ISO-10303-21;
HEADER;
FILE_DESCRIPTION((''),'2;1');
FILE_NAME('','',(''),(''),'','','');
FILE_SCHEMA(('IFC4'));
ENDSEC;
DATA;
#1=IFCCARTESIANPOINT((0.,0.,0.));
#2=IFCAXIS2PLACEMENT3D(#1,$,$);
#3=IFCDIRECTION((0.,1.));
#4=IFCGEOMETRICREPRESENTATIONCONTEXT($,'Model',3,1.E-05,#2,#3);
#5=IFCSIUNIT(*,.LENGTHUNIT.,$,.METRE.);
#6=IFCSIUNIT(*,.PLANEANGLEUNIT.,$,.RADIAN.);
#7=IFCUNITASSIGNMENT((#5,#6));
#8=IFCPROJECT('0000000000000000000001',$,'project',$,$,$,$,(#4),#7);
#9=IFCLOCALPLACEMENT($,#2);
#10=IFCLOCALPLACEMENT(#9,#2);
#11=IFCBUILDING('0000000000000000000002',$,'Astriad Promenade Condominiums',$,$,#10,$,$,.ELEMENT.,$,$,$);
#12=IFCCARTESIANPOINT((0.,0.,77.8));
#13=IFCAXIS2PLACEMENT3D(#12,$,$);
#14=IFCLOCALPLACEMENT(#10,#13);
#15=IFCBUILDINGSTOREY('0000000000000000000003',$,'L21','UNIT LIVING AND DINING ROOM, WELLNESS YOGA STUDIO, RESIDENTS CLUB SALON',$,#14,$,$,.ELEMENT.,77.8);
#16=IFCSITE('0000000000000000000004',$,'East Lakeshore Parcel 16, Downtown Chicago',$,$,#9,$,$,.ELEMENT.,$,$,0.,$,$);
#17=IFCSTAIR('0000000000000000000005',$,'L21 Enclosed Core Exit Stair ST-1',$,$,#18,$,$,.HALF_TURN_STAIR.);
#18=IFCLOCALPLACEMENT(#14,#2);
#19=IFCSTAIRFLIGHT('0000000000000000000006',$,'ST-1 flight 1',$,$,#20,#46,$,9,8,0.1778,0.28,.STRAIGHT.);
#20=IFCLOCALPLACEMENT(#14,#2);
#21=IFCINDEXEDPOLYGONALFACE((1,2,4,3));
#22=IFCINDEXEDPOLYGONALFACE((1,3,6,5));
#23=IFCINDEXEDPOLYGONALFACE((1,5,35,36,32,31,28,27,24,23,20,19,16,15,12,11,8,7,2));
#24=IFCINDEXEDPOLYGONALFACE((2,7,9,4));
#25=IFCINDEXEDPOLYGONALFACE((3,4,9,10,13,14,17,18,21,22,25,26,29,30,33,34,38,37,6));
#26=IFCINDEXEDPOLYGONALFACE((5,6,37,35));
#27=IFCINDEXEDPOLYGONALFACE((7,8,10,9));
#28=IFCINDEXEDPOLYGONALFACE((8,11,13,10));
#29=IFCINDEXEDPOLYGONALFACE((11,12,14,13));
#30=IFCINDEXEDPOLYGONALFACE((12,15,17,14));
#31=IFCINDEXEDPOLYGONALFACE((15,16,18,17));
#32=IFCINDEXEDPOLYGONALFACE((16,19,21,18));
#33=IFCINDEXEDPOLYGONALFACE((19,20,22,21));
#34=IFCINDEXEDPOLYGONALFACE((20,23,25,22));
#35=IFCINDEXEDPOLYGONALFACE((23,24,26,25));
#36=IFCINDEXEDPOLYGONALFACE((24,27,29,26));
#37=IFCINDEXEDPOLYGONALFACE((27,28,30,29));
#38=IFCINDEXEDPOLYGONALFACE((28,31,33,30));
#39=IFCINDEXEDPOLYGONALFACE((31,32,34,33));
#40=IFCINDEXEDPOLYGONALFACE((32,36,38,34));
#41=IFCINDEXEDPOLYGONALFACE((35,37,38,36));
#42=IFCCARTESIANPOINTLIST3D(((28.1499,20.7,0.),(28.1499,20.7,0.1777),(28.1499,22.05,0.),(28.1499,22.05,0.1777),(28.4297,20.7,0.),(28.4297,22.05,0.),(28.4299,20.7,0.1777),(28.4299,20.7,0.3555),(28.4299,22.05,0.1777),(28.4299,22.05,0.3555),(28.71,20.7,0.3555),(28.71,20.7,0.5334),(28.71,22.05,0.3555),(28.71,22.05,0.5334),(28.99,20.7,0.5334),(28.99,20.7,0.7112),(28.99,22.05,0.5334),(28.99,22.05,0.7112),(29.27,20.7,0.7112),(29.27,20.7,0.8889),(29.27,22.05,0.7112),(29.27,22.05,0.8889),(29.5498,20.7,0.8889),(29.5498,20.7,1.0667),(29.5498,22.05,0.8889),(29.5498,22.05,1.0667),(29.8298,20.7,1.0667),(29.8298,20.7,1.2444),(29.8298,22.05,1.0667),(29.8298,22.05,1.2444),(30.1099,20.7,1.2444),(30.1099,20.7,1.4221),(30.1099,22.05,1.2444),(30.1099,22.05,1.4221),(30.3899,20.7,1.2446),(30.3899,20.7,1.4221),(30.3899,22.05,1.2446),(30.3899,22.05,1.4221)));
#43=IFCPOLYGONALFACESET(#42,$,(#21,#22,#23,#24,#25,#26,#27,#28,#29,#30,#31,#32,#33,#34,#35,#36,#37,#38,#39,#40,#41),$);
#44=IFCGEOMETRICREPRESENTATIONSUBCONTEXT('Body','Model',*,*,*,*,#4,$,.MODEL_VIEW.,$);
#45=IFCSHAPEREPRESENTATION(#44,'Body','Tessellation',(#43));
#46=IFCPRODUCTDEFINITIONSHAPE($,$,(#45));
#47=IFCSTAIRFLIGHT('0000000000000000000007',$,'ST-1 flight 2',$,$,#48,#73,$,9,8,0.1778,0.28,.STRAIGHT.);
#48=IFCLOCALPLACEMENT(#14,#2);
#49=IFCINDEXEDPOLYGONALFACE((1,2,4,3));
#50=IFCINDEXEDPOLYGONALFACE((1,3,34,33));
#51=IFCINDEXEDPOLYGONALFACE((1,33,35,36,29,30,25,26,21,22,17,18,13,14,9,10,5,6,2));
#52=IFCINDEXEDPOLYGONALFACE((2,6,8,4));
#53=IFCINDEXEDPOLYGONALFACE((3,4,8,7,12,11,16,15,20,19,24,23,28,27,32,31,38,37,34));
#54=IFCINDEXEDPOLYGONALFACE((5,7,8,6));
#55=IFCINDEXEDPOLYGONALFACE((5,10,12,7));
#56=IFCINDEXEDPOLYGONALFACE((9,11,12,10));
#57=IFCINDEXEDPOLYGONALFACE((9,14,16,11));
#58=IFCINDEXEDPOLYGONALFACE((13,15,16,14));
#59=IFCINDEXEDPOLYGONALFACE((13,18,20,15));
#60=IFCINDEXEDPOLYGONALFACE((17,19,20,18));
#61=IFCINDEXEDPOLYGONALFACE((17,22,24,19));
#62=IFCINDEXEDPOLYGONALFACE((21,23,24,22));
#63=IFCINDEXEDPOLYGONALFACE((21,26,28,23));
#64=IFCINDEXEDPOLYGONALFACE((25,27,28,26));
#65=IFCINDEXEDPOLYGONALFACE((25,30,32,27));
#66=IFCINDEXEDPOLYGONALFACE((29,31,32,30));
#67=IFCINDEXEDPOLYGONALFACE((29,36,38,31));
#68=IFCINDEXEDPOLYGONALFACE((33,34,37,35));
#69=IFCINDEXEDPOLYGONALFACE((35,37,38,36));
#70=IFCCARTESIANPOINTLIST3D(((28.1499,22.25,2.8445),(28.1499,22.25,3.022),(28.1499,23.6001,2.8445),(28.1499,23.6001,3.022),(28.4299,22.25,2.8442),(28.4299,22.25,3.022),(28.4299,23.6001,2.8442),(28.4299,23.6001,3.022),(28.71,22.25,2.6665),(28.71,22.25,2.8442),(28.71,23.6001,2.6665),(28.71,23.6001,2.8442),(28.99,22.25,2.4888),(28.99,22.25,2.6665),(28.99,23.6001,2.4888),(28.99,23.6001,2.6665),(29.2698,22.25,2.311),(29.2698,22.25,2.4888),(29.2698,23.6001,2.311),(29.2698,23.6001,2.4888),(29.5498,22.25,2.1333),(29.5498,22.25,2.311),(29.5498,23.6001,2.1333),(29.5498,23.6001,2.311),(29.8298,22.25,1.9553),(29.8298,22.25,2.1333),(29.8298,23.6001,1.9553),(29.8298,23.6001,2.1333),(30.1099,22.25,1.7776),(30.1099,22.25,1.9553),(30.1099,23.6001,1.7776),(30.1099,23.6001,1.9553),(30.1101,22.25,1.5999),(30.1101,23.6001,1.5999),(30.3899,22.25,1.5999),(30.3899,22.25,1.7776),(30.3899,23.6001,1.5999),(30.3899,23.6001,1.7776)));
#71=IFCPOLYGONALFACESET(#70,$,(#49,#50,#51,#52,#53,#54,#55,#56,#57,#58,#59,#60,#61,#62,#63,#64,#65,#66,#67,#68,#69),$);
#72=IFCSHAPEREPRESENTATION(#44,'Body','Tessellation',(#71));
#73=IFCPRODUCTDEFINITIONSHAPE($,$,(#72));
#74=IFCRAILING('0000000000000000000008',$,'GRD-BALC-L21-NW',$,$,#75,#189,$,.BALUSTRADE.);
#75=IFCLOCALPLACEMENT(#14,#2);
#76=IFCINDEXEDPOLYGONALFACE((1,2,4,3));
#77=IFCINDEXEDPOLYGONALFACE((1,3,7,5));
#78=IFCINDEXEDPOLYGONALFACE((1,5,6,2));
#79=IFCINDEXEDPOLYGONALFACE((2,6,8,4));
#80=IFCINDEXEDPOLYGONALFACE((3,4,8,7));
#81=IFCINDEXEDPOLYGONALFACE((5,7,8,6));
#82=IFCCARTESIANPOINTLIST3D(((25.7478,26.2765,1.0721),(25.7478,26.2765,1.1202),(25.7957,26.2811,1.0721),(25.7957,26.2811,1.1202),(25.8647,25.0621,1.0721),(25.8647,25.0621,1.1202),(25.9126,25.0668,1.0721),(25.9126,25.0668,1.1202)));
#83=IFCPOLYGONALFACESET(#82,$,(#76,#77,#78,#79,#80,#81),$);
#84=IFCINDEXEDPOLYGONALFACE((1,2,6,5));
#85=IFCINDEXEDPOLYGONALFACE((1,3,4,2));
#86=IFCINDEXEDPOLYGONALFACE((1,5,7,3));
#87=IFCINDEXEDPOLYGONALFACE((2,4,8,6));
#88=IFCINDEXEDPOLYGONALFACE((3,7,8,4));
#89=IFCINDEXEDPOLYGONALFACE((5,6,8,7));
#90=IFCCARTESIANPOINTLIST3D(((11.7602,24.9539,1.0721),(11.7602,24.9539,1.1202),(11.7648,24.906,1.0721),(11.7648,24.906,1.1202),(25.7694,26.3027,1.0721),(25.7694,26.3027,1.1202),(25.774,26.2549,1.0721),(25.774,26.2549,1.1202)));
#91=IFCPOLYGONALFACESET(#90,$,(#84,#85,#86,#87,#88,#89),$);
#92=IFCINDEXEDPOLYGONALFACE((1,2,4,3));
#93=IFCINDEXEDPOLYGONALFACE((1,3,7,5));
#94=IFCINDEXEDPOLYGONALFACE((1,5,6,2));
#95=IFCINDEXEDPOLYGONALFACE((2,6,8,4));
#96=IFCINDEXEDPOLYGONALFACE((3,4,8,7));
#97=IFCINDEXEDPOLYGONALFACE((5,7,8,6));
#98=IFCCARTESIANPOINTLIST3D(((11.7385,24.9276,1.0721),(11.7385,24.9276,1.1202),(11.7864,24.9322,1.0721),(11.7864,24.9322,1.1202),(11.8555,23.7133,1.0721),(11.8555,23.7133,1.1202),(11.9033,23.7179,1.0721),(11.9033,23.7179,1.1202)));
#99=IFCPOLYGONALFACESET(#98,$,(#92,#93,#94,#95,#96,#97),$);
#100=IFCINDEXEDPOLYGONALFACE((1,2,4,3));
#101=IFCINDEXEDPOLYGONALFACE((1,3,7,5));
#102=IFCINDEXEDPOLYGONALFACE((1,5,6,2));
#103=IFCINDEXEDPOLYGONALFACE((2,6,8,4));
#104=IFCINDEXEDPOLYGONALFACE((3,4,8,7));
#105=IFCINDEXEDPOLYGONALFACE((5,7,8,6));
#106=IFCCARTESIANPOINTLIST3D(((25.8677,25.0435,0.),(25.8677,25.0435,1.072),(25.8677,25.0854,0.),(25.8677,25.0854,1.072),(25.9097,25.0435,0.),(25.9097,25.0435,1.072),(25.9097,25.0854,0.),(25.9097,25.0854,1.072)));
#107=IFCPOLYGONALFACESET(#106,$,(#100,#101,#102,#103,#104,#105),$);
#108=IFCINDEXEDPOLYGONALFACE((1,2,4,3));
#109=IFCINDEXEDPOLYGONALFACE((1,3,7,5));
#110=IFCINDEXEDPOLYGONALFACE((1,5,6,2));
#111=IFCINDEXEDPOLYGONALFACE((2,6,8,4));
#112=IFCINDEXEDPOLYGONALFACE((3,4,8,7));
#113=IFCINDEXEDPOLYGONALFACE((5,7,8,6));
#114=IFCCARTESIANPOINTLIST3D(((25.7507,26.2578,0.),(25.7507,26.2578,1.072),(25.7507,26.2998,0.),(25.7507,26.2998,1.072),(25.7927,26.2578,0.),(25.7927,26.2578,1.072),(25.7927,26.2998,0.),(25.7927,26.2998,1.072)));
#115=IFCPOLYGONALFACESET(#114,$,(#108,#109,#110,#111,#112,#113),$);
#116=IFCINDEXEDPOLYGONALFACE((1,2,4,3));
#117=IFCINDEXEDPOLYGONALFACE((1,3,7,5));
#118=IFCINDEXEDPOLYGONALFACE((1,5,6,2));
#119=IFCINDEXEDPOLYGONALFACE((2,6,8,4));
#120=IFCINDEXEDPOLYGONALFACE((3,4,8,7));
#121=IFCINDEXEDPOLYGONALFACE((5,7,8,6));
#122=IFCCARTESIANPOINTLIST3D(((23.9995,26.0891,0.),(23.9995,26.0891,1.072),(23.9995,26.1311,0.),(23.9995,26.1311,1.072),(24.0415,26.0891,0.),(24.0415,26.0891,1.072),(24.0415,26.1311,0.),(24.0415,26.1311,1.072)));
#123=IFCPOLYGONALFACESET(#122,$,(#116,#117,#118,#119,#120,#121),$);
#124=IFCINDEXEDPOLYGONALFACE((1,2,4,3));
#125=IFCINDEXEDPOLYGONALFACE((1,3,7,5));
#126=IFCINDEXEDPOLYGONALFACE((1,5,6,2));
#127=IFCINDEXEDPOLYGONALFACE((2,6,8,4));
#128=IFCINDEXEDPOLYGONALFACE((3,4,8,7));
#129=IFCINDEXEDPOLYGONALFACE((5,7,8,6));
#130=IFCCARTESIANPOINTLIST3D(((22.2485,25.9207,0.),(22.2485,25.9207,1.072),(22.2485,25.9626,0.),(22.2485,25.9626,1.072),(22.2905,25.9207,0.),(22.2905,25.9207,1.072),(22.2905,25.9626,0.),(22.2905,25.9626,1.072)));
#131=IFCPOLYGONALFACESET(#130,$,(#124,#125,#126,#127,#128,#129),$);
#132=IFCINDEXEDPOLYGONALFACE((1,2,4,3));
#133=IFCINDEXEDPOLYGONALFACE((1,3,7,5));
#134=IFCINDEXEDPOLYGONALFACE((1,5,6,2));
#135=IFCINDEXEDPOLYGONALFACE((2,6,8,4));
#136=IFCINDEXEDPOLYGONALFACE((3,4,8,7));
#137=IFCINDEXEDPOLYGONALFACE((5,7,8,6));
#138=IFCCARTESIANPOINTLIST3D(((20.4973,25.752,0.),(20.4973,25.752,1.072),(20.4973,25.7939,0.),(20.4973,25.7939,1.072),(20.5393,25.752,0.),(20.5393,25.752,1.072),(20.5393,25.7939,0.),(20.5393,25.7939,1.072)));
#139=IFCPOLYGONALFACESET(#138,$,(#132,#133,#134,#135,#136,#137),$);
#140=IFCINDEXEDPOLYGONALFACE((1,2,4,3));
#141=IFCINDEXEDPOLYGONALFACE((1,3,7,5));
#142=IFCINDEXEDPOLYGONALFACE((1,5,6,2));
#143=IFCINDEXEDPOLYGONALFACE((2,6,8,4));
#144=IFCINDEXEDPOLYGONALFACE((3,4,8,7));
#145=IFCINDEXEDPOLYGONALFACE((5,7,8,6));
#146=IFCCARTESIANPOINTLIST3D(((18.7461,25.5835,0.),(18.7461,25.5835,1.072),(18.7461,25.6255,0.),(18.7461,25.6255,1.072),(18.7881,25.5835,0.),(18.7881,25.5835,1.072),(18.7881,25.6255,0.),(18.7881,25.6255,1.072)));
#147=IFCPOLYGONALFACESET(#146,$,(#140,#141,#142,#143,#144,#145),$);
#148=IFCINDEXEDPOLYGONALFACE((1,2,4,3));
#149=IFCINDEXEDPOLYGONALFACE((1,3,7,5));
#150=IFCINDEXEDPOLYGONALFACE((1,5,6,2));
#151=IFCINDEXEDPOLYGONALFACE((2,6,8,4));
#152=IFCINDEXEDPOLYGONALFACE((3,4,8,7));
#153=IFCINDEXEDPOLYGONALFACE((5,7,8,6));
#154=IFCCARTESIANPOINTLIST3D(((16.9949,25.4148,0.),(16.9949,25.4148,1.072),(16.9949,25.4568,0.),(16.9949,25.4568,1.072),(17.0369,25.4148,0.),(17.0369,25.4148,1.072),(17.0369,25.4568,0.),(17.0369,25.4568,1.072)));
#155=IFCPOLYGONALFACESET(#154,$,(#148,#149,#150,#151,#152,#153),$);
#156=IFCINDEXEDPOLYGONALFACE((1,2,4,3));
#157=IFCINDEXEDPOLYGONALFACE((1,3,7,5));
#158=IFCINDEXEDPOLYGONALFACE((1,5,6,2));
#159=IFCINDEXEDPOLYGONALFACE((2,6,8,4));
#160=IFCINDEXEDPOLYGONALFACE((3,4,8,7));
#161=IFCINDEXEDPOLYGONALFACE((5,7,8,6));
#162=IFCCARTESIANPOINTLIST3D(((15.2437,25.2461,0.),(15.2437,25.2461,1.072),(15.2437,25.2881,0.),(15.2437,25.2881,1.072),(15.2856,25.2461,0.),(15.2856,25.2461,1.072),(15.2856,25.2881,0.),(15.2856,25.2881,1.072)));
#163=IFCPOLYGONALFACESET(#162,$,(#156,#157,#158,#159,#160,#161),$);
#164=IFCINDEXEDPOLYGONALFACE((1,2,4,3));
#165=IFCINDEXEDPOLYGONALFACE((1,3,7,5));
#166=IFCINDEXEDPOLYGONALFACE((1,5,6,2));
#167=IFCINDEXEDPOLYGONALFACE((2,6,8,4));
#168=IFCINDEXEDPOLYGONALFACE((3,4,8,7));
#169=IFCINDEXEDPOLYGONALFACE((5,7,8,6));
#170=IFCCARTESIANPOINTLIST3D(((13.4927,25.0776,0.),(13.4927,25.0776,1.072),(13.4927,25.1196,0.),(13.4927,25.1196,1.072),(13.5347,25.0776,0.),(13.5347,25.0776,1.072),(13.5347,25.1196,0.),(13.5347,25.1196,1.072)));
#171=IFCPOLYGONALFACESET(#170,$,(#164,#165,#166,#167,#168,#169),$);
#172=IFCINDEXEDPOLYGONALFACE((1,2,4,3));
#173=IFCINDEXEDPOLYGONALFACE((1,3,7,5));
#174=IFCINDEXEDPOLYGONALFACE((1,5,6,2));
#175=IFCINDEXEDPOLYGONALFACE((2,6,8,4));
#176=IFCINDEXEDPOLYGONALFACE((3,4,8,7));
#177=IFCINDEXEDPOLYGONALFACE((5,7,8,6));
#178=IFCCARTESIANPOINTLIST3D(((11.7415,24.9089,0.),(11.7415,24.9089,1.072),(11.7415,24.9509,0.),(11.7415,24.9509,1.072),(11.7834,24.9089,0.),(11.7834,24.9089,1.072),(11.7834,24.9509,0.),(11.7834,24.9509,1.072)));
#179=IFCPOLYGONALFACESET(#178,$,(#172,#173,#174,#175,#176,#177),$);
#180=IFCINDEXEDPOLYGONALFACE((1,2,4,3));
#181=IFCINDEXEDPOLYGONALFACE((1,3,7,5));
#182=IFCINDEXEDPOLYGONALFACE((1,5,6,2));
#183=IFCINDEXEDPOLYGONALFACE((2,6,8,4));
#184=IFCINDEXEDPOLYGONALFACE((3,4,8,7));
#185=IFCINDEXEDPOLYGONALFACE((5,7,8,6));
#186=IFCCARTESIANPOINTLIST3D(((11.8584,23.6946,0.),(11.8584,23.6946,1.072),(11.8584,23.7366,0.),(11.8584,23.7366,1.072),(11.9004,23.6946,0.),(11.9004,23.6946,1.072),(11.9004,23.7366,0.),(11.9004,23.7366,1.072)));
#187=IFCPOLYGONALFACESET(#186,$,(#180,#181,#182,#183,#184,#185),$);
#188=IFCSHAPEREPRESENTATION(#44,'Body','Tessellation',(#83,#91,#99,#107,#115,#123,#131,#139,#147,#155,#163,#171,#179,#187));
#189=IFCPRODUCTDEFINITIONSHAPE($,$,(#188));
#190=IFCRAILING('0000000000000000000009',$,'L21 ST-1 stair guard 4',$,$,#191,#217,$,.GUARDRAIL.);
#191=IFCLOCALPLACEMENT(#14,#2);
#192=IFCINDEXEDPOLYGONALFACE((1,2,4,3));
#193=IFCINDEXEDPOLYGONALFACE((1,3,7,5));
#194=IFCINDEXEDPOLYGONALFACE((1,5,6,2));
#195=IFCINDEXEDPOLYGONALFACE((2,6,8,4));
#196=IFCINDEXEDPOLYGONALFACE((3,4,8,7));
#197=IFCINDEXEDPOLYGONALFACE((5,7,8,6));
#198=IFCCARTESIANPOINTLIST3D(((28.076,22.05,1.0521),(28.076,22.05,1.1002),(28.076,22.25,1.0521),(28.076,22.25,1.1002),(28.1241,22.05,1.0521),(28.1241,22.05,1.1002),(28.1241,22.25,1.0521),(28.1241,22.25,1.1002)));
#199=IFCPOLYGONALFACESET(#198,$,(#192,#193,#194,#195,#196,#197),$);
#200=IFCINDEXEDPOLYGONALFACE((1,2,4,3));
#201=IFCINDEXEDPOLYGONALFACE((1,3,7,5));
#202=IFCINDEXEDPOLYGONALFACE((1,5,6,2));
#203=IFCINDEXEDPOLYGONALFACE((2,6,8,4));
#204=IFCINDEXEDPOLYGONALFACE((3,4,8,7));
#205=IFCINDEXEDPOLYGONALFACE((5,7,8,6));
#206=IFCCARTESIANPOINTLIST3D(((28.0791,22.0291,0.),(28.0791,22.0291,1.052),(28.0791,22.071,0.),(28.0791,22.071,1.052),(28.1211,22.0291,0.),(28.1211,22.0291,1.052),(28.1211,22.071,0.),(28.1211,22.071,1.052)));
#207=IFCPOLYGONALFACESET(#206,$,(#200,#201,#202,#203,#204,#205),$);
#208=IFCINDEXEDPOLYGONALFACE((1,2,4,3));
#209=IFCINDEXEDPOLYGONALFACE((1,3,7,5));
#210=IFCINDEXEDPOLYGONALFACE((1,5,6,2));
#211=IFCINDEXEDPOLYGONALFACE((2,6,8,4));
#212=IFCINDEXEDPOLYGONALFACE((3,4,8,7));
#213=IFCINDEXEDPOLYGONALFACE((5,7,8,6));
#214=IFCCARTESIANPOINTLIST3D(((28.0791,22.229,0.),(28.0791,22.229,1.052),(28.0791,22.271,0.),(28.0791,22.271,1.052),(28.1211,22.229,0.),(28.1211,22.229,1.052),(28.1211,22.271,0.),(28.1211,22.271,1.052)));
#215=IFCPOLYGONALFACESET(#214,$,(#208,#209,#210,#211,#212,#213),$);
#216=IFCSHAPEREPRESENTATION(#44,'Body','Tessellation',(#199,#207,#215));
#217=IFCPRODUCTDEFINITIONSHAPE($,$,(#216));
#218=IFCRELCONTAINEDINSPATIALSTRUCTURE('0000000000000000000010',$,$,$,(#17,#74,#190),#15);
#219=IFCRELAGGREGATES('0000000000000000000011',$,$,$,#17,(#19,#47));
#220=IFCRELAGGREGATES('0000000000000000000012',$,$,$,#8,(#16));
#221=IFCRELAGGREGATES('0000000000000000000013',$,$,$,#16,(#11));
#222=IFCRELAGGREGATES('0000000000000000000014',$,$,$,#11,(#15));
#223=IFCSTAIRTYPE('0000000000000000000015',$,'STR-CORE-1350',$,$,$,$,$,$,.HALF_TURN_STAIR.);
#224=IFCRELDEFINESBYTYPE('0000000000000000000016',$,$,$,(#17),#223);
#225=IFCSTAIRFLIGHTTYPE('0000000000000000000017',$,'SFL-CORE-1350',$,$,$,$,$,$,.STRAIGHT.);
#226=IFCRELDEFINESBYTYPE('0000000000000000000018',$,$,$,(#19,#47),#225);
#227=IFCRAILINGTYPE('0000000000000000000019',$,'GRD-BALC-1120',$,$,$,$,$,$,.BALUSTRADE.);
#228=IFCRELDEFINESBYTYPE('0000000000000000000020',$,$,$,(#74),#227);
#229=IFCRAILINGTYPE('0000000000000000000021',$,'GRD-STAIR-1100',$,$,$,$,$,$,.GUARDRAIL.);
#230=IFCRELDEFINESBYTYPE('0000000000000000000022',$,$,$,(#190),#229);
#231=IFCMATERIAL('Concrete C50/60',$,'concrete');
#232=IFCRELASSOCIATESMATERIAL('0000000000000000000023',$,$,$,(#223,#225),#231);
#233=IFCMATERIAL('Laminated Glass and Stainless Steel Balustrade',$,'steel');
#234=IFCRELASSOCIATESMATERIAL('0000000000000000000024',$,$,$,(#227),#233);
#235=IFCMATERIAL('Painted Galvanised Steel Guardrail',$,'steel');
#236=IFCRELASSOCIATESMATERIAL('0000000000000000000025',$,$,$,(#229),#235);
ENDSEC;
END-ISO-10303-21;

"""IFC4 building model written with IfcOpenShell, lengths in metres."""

from ifc_helpers import new_model, si_unit, direction, frame, origin, origin_2d, place, context, subcontext, project, spatial, polyline, rectangle, outline, extrude, source, transform, mapped, material, type_object, type_shapes, element, aggregate, save


model = new_model("IFC4")

# Units and contexts
model_context = context("Model", 3, precision=1e-05, world=origin(), true_north=direction((0.0, 1.0)))
body_context = subcontext(model_context, "Body", "Model", "MODEL_VIEW")
ifc_project = project(units=[si_unit("LENGTHUNIT", "METRE"), si_unit("PLANEANGLEUNIT", "RADIAN")], contexts=[model_context])

# Site, building, storey
site_placement = place(None, origin())
site = spatial("IfcSite", under=ifc_project, at=site_placement, Name="East Lakeshore Parcel 16, Downtown Chicago", CompositionType="ELEMENT", RefElevation=0.0)
building_placement = place(site_placement, origin())
building = spatial("IfcBuilding", under=site, at=building_placement, Name="Astriad Promenade Condominiums", CompositionType="ELEMENT")
storey_placement = place(building_placement, frame((0.0, 0.0, 77.8)))
storey = spatial("IfcBuildingStorey", under=building, at=storey_placement, Name="L21", Description="UNIT LIVING AND DINING ROOM, WELLNESS YOGA STUDIO, RESIDENTS CLUB SALON", CompositionType="ELEMENT", Elevation=77.8)

# Shared definitions
ifc_material_1 = material(Name="Concrete C50/60", Category="concrete")

# Stair, stair flights
stair_type = type_object("IfcStairType", Name="STR-CORE-1350", PredefinedType="HALF_TURN_STAIR", material=ifc_material_1)
stair_placement = place(storey_placement, origin())
stair = element("IfcStair", 1, at=stair_placement, inside=storey, type_object=stair_type, Name="L21 Enclosed Core Exit Stair ST-1", PredefinedType="HALF_TURN_STAIR")
stair_flight_type = type_object("IfcStairFlightType", Name="SFL-CORE-1350", PredefinedType="STRAIGHT", material=ifc_material_1)
shared_shape_1 = source(origin(), body_context, "Body", "SweptSolid", [
    extrude(outline(polyline([(0.0, 0.0), (0.0, 0.1777), (0.28, 0.1777), (0.28, 0.3555), (0.5601, 0.3555), (0.5601, 0.5334), (0.8401, 0.5334), (0.8401, 0.7112), (1.1201, 0.7112), (1.1201, 0.8889), (1.3999, 0.8889), (1.3999, 1.0667), (1.6799, 1.0667), (1.6799, 1.2444), (1.96, 1.2444), (1.96, 1.4221), (2.24, 1.4221), (2.24, 1.6001), (2.24, 1.2446), (0.2798, 0.0), (0.0, 0.0)])), frame((0.0, 0.675, 0.0), z_axis=(0.0, -1.0, 0.0), x_axis=(1.0, 0.0, 0.0)), (0.0, 0.0, 1.0), 1.3501),
])
type_shapes(stair_flight_type, [shared_shape_1])
stair_flight_1_placement = place(storey_placement, frame((28.1499, 21.375, 0.0), z_axis=(0.0, 0.0, 1.0), x_axis=(1.0, 0.0, 0.0)))
stair_flight_1 = element("IfcStairFlight", 2, at=stair_flight_1_placement, type_object=stair_flight_type, Name="ST-1 flight 1", NumberOfRisers=9, NumberOfTreads=8, PredefinedType="STRAIGHT", RiserHeight=0.1778, TreadLength=0.28, context=body_context, shape_type="MappedRepresentation", body=[
    mapped(shared_shape_1, transform((0.0, 0.0, 0.0), scale=1.0)),
])
stair_flight_2_placement = place(storey_placement, frame((30.3899, 22.925, 1.5999), z_axis=(0.0, 0.0, 1.0), x_axis=(-1.0, 0.0, 0.0)))
stair_flight_2 = element("IfcStairFlight", 3, at=stair_flight_2_placement, type_object=stair_flight_type, Name="ST-1 flight 2", NumberOfRisers=9, NumberOfTreads=8, PredefinedType="STRAIGHT", RiserHeight=0.1778, TreadLength=0.28, context=body_context, shape_type="MappedRepresentation", body=[
    mapped(shared_shape_1, transform((0.0, 0.0, 0.0), scale=1.0)),
])
aggregate(stair, [stair_flight_1, stair_flight_2])

# Railings
ifc_material_2 = material(Name="Laminated Glass and Stainless Steel Balustrade", Category="steel")
railing_type_1 = type_object("IfcRailingType", Name="GRD-BALC-1120", PredefinedType="BALUSTRADE", material=ifc_material_2)
shared_shape_2 = source(origin(), body_context, "Body", "SweptSolid", [
    extrude(rectangle(XDim=0.0481, YDim=0.0481, at=origin_2d()), frame((0.0, 0.0, 1.0962), z_axis=(-0.095857, 0.995395, 0.0), x_axis=(-0.995395, -0.095857, 0.0)), (0.0, 0.0, 1.0), 1.22),
    extrude(rectangle(XDim=0.0481, YDim=0.0481, at=origin_2d()), frame((-0.1169, 1.2144, 1.0962), z_axis=(-0.995397, -0.095841, 0.0), x_axis=(0.095841, -0.995397, 0.0)), (0.0, 0.0, 1.0), 14.074),
    extrude(rectangle(XDim=0.0481, YDim=0.0481, at=origin_2d()), frame((-14.1262, -0.1345, 1.0962), z_axis=(0.095857, -0.995395, 0.0), x_axis=(0.995395, 0.095857, 0.0)), (0.0, 0.0, 1.0), 1.22),
    extrude(rectangle(XDim=0.042, YDim=0.042, at=origin_2d()), origin(), (0.0, 0.0, 1.0), 1.072),
    extrude(rectangle(XDim=0.042, YDim=0.042, at=origin_2d()), frame((-0.1169, 1.2144, 0.0)), (0.0, 0.0, 1.0), 1.072),
    extrude(rectangle(XDim=0.042, YDim=0.042, at=origin_2d()), frame((-1.8682, 1.0457, 0.0)), (0.0, 0.0, 1.0), 1.072),
    extrude(rectangle(XDim=0.042, YDim=0.042, at=origin_2d()), frame((-3.6191, 0.8772, 0.0)), (0.0, 0.0, 1.0), 1.072),
    extrude(rectangle(XDim=0.042, YDim=0.042, at=origin_2d()), frame((-5.3704, 0.7085, 0.0)), (0.0, 0.0, 1.0), 1.072),
    extrude(rectangle(XDim=0.042, YDim=0.042, at=origin_2d()), frame((-7.1216, 0.54, 0.0)), (0.0, 0.0, 1.0), 1.072),
    extrude(rectangle(XDim=0.042, YDim=0.042, at=origin_2d()), frame((-8.8728, 0.3713, 0.0)), (0.0, 0.0, 1.0), 1.072),
    extrude(rectangle(XDim=0.042, YDim=0.042, at=origin_2d()), frame((-10.624, 0.2026, 0.0)), (0.0, 0.0, 1.0), 1.072),
    extrude(rectangle(XDim=0.042, YDim=0.042, at=origin_2d()), frame((-12.375, 0.0342, 0.0)), (0.0, 0.0, 1.0), 1.072),
    extrude(rectangle(XDim=0.042, YDim=0.042, at=origin_2d()), frame((-14.1262, -0.1345, 0.0)), (0.0, 0.0, 1.0), 1.072),
    extrude(rectangle(XDim=0.042, YDim=0.042, at=origin_2d()), frame((-14.0093, -1.3489, 0.0)), (0.0, 0.0, 1.0), 1.072),
])
type_shapes(railing_type_1, [shared_shape_2])
railing_1_placement = place(storey_placement, frame((25.8887, 25.0645, 0.0)))
element("IfcRailing", 4, at=railing_1_placement, inside=storey, type_object=railing_type_1, Name="GRD-BALC-L21-NW", PredefinedType="BALUSTRADE", context=body_context, shape_type="MappedRepresentation", body=[
    mapped(shared_shape_2, transform((0.0, 0.0, 0.0), scale=1.0)),
])
ifc_material_3 = material(Name="Painted Galvanised Steel Guardrail", Category="steel")
railing_type_2 = type_object("IfcRailingType", Name="GRD-STAIR-1100", PredefinedType="GUARDRAIL", material=ifc_material_3)
shared_shape_3 = source(origin(), body_context, "Body", "SweptSolid", [
    extrude(rectangle(XDim=0.0481, YDim=0.0481, at=origin_2d()), frame((0.0, 0.0, 1.0762), z_axis=(0.0, 1.0, 0.0), x_axis=(-1.0, 0.0, 0.0)), (0.0, 0.0, 1.0), 0.2),
    extrude(rectangle(XDim=0.042, YDim=0.042, at=origin_2d()), origin(), (0.0, 0.0, 1.0), 1.052),
    extrude(rectangle(XDim=0.042, YDim=0.042, at=origin_2d()), frame((0.0, 0.2, 0.0)), (0.0, 0.0, 1.0), 1.052),
])
railing_2_placement = place(storey_placement, frame((28.1001, 22.05, 0.0)))
element("IfcRailing", 5, at=railing_2_placement, inside=storey, type_object=railing_type_2, Name="L21 ST-1 stair guard 4", PredefinedType="GUARDRAIL", context=body_context, shape_type="MappedRepresentation", body=[
    mapped(shared_shape_3, transform((0.0, 0.0, 0.0), scale=1.0)),
])

save(model, "model.ifc")
